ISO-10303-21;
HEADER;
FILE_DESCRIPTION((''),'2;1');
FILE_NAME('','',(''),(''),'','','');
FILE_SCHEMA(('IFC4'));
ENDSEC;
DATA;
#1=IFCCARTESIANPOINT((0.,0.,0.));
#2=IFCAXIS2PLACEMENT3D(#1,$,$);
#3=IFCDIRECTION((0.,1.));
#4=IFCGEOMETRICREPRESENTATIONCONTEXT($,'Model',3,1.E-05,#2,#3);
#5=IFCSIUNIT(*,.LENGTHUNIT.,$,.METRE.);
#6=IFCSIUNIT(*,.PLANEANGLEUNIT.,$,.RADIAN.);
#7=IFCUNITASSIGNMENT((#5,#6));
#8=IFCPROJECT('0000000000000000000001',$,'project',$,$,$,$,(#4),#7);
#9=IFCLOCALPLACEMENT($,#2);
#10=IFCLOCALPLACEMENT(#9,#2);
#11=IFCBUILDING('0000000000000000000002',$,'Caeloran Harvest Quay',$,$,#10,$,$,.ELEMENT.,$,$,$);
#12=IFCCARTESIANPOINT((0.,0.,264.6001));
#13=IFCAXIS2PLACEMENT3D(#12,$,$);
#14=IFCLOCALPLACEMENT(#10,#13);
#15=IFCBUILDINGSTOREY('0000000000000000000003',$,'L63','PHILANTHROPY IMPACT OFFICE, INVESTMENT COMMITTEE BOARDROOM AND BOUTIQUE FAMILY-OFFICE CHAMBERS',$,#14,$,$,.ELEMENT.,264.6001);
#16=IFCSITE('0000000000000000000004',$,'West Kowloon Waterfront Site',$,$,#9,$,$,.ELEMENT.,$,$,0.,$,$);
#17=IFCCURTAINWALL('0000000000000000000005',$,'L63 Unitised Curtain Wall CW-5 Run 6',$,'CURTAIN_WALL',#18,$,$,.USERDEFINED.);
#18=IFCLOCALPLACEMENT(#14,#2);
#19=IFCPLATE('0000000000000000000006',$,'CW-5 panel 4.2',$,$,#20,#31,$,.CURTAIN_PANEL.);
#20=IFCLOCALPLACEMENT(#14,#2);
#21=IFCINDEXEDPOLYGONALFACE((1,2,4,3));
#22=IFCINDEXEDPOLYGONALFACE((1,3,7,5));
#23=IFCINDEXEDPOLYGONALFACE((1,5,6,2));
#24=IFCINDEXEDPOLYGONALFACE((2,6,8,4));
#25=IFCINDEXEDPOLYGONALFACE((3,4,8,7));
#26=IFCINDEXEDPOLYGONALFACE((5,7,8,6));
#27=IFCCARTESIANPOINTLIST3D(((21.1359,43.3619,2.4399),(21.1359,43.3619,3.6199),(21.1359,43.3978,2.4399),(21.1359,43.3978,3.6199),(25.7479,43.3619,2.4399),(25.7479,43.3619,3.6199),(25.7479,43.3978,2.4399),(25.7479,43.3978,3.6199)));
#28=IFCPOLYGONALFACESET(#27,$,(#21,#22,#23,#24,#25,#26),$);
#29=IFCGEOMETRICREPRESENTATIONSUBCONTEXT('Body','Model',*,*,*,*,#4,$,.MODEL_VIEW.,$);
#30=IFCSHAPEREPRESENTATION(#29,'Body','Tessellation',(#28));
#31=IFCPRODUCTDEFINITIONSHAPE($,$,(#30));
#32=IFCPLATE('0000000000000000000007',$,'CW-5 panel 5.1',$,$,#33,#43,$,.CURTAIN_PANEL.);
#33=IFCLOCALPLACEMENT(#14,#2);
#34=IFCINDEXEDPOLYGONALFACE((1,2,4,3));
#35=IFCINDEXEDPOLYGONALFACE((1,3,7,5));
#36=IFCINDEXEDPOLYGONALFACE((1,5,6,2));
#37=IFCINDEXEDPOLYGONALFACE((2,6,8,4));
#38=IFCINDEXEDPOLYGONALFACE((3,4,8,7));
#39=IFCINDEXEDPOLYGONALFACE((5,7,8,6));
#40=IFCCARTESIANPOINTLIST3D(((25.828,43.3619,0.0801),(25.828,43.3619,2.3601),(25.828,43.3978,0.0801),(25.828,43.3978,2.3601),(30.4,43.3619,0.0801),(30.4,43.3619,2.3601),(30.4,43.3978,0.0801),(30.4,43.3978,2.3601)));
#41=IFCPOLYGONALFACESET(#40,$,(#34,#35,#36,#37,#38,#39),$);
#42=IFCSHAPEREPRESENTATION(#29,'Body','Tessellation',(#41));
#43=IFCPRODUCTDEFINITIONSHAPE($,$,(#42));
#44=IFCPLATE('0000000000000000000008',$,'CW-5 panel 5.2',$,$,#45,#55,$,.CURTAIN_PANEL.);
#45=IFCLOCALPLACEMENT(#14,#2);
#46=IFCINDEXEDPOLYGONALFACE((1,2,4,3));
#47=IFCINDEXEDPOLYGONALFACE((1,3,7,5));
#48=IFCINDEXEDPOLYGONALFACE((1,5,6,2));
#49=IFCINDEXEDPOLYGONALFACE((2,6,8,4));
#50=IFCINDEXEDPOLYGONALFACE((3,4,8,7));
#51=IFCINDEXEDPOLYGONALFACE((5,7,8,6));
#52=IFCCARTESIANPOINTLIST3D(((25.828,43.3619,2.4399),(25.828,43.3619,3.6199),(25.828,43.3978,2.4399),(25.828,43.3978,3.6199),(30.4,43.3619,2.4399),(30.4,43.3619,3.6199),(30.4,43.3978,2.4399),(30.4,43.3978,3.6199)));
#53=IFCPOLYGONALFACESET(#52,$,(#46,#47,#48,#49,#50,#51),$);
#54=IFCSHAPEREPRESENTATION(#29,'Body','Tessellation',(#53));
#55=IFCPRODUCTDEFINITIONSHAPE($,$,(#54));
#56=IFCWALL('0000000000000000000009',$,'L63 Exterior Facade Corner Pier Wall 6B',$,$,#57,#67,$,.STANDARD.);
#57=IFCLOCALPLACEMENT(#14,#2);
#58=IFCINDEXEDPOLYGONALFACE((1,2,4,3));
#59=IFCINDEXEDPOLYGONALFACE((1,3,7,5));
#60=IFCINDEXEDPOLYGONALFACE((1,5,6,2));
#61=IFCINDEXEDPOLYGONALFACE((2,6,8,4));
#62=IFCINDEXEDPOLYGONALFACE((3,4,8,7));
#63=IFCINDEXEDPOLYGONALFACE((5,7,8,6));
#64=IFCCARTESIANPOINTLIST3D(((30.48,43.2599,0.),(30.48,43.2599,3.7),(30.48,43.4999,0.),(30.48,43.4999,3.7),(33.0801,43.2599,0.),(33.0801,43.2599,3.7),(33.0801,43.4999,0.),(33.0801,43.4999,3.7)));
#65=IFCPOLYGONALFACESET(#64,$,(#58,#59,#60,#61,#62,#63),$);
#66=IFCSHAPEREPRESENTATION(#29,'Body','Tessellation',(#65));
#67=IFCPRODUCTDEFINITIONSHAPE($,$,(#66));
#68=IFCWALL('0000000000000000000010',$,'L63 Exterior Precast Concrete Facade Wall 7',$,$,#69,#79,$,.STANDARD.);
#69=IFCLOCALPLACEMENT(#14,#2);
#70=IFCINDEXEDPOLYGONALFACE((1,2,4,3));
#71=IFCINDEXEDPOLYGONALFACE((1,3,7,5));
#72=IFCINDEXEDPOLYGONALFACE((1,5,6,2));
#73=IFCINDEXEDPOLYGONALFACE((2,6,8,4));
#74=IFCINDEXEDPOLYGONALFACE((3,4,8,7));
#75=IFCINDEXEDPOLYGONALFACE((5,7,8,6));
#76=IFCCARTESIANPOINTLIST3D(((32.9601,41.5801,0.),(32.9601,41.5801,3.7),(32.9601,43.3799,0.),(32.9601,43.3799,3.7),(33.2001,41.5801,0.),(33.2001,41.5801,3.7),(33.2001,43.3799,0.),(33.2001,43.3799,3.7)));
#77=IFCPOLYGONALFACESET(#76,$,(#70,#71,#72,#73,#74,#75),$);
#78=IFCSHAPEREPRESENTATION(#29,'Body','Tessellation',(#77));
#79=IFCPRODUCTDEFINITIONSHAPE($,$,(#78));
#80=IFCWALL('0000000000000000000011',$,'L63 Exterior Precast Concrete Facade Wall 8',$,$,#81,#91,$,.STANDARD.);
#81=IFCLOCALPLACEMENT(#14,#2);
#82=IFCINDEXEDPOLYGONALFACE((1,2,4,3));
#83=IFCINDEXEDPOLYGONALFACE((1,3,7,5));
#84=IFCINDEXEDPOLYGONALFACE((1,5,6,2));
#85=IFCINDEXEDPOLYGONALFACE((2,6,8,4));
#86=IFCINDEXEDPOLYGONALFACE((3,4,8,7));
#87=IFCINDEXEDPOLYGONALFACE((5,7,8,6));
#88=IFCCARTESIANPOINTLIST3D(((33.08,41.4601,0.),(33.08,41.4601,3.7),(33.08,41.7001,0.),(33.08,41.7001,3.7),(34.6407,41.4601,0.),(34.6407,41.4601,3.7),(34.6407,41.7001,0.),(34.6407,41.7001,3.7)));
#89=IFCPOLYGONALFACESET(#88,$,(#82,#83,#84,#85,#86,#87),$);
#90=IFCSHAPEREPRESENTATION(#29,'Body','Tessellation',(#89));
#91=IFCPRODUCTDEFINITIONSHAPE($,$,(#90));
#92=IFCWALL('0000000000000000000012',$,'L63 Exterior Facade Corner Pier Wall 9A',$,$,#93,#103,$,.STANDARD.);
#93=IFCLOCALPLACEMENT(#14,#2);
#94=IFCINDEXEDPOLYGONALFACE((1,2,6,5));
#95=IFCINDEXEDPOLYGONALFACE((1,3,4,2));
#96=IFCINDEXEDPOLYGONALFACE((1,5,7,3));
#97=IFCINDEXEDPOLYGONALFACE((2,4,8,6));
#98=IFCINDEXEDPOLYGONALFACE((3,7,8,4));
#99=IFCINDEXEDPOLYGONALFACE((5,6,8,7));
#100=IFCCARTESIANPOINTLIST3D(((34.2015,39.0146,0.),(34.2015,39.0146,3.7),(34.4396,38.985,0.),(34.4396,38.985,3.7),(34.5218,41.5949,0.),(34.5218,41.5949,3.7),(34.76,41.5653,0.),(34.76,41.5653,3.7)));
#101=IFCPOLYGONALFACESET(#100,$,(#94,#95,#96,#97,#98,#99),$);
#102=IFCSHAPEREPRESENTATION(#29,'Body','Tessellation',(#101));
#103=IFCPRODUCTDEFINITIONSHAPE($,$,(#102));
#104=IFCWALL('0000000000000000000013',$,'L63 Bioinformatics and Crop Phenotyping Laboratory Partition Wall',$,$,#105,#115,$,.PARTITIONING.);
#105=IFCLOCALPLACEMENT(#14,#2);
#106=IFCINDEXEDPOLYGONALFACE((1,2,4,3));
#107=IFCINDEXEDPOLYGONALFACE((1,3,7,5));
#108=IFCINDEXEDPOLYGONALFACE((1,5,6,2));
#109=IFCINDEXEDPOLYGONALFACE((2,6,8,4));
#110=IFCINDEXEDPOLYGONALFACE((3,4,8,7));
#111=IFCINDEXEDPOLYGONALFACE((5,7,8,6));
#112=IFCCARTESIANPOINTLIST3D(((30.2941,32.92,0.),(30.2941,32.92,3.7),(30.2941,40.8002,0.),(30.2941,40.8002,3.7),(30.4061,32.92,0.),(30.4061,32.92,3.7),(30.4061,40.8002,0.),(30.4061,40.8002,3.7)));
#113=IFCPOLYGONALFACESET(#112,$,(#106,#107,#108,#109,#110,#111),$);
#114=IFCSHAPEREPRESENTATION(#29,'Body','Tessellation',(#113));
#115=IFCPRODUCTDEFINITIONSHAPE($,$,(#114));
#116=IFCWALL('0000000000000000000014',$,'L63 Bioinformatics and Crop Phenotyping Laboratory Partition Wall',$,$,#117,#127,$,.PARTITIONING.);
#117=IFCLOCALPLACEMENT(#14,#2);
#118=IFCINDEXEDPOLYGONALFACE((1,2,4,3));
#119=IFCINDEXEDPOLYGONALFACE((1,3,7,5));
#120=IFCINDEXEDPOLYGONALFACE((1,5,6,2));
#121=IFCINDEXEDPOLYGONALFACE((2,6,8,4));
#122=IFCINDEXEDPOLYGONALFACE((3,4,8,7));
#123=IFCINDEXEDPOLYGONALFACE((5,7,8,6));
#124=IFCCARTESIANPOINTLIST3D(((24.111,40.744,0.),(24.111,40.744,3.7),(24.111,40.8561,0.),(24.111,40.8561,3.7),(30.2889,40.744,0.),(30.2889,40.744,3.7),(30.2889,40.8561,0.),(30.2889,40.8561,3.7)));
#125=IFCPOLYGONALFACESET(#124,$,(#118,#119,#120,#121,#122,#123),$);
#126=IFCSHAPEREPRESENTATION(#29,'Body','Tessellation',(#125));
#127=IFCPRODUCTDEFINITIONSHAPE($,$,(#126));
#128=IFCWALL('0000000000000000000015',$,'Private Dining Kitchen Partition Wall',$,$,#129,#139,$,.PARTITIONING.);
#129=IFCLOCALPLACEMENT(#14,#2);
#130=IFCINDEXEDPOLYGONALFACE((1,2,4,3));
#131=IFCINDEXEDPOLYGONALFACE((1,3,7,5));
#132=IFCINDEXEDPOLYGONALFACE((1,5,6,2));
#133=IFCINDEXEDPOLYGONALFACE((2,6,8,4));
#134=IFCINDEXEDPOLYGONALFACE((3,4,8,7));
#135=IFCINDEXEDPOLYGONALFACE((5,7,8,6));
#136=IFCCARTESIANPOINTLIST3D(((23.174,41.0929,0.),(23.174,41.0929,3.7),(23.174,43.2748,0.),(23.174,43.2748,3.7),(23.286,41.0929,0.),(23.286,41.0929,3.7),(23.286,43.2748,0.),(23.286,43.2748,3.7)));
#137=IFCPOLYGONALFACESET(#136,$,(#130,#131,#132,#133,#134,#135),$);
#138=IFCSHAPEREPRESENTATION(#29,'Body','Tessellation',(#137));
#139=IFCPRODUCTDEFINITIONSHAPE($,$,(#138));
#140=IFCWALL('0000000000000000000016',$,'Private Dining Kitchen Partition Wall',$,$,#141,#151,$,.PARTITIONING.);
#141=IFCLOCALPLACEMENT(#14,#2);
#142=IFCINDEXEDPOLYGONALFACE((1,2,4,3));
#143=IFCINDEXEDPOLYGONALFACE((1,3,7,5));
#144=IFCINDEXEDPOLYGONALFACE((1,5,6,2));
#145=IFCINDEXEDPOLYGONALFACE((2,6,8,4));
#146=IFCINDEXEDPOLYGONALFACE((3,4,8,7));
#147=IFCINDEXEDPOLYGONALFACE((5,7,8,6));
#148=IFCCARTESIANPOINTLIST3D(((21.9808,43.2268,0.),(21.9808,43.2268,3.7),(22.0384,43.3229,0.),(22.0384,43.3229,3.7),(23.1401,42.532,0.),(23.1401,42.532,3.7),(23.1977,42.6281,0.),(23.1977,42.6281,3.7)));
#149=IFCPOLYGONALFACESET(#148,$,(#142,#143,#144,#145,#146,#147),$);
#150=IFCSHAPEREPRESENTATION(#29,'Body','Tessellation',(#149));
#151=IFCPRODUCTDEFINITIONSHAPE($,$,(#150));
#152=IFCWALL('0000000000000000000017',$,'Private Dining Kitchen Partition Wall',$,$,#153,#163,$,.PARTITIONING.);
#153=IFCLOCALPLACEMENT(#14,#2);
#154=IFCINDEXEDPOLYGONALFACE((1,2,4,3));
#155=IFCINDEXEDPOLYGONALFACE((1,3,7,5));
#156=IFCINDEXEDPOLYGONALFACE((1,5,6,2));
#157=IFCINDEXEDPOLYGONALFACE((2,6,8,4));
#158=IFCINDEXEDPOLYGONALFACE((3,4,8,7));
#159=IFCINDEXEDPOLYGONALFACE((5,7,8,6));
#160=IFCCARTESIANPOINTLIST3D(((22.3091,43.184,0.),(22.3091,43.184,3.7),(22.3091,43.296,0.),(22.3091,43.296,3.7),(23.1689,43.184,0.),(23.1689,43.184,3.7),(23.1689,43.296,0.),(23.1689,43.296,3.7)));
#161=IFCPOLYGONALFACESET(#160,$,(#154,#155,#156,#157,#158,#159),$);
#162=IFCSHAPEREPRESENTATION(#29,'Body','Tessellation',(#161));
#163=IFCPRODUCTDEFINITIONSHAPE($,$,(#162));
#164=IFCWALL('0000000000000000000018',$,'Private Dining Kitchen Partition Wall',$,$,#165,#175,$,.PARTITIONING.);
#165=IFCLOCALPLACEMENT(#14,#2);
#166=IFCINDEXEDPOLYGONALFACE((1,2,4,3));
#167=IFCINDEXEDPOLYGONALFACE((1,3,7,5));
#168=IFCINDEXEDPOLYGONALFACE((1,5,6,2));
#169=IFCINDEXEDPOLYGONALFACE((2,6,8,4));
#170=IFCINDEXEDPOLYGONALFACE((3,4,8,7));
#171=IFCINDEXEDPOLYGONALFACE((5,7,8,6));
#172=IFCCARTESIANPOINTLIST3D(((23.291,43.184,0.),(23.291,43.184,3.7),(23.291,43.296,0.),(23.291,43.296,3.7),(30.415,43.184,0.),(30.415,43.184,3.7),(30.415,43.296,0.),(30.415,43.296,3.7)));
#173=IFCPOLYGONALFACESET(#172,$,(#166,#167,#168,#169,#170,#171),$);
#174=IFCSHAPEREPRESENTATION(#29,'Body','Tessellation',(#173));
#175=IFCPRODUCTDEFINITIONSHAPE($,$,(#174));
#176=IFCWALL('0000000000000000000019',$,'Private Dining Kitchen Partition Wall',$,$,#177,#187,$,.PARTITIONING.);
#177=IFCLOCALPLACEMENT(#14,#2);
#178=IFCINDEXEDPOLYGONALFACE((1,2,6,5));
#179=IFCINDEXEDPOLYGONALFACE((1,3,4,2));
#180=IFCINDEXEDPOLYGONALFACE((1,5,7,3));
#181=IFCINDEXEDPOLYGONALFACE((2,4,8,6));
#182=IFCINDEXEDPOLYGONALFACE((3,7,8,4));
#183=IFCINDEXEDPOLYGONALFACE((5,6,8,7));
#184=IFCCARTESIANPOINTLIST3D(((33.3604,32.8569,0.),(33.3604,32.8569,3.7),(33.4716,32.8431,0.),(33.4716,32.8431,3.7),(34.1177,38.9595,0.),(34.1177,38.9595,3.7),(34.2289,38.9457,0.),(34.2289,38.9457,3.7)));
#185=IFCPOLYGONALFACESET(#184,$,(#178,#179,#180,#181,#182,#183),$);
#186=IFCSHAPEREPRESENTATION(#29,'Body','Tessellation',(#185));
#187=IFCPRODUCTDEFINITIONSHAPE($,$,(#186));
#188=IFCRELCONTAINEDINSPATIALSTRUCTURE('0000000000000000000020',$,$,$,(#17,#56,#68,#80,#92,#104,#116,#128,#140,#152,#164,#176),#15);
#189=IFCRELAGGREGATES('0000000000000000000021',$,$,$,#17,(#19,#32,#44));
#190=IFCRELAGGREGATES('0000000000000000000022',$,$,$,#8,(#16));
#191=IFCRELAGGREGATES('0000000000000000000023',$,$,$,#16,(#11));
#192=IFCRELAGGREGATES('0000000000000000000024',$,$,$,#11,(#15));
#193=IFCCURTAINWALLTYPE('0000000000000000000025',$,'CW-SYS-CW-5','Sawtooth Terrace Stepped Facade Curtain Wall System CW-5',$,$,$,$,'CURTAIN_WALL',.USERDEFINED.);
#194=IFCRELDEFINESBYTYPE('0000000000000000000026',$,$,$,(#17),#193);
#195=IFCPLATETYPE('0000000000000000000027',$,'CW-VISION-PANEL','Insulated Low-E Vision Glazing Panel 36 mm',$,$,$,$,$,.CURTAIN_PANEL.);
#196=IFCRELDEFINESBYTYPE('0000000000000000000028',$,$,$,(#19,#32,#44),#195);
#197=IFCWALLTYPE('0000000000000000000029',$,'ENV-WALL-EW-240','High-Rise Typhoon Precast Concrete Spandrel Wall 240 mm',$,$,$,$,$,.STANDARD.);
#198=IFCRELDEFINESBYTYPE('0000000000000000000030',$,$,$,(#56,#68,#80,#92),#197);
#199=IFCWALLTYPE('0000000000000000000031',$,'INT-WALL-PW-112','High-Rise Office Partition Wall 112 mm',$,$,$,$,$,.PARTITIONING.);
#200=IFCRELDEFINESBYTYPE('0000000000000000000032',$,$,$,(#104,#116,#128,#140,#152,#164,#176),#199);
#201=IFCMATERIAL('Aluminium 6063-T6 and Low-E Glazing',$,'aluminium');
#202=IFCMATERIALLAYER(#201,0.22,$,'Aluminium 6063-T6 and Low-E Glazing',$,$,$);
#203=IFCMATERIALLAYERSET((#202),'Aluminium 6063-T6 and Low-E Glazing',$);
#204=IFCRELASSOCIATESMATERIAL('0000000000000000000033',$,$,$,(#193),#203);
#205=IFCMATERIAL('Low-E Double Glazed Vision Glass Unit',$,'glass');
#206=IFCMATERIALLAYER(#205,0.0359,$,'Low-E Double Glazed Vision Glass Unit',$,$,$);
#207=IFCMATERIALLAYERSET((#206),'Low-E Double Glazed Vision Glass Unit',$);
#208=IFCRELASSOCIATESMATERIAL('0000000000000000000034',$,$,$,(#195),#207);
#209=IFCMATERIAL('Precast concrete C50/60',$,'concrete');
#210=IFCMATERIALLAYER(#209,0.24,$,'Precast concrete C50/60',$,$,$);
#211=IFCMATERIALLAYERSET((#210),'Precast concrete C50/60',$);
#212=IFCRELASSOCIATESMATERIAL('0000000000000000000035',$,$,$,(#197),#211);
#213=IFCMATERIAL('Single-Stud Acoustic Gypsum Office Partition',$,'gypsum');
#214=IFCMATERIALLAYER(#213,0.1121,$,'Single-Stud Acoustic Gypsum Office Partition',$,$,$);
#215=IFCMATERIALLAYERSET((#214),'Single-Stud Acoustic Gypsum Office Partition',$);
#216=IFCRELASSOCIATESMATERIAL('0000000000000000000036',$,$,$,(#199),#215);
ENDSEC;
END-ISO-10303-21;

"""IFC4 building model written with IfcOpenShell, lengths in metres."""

from ifc_helpers import new_model, si_unit, direction, frame, frame_2d, origin, origin_2d, place, context, subcontext, project, spatial, rectangle, extrude, material, layer, layer_set, type_object, element, aggregate, save


model = new_model("IFC4")

# Units and contexts
model_context = context("Model", 3, precision=1e-05, world=origin(), true_north=direction((0.0, 1.0)))
body_context = subcontext(model_context, "Body", "Model", "MODEL_VIEW")
ifc_project = project(units=[si_unit("LENGTHUNIT", "METRE"), si_unit("PLANEANGLEUNIT", "RADIAN")], contexts=[model_context])

# Site, building, storey
site_placement = place(None, origin())
site = spatial("IfcSite", under=ifc_project, at=site_placement, Name="West Kowloon Waterfront Site", CompositionType="ELEMENT", RefElevation=0.0)
building_placement = place(site_placement, origin())
building = spatial("IfcBuilding", under=site, at=building_placement, Name="Caeloran Harvest Quay", CompositionType="ELEMENT")
storey_placement = place(building_placement, frame((0.0, 0.0, 264.6001)))
storey = spatial("IfcBuildingStorey", under=building, at=storey_placement, Name="L63", Description="PHILANTHROPY IMPACT OFFICE, INVESTMENT COMMITTEE BOARDROOM AND BOUTIQUE FAMILY-OFFICE CHAMBERS", CompositionType="ELEMENT", Elevation=264.6001)

# Curtain wall
ifc_material_1 = material(Name="Aluminium 6063-T6 and Low-E Glazing", Category="aluminium")
ifc_layer_1 = layer(ifc_material_1, 0.22, Name="Aluminium 6063-T6 and Low-E Glazing")
ifc_layer_set_1 = layer_set([ifc_layer_1], Name="Aluminium 6063-T6 and Low-E Glazing")
curtain_wall_type = type_object("IfcCurtainWallType", Name="CW-SYS-CW-5", Description="Sawtooth Terrace Stepped Facade Curtain Wall System CW-5", ElementType="CURTAIN_WALL", PredefinedType="USERDEFINED", material=ifc_layer_set_1)
curtain_wall_1_placement = place(storey_placement, origin())
curtain_wall_1 = element("IfcCurtainWall", 1, at=curtain_wall_1_placement, inside=storey, type_object=curtain_wall_type, Name="L63 Unitised Curtain Wall CW-5 Run 6", ObjectType="CURTAIN_WALL", PredefinedType="USERDEFINED")

# Plates
ifc_material_2 = material(Name="Low-E Double Glazed Vision Glass Unit", Category="glass")
ifc_layer_2 = layer(ifc_material_2, 0.0359, Name="Low-E Double Glazed Vision Glass Unit")
ifc_layer_set_2 = layer_set([ifc_layer_2], Name="Low-E Double Glazed Vision Glass Unit")
plate_type = type_object("IfcPlateType", Name="CW-VISION-PANEL", Description="Insulated Low-E Vision Glazing Panel 36 mm", PredefinedType="CURTAIN_PANEL", material=ifc_layer_set_2)
plate_1_placement = place(storey_placement, frame((23.4419, 43.3799, 2.4399), z_axis=(0.0, 0.0, 1.0), x_axis=(1.0, 0.0, 0.0)))
plate_1 = element("IfcPlate", 2, at=plate_1_placement, type_object=plate_type, Name="CW-5 panel 4.2", PredefinedType="CURTAIN_PANEL", context=body_context, shape_type="SweptSolid", body=[
    extrude(rectangle(XDim=4.6121, YDim=0.0359, at=origin_2d()), origin(), (0.0, 0.0, 1.0), 1.1799),
])
plate_2_placement = place(storey_placement, frame((28.114, 43.3799, 0.0801), z_axis=(0.0, 0.0, 1.0), x_axis=(1.0, 0.0, 0.0)))
plate_2 = element("IfcPlate", 3, at=plate_2_placement, type_object=plate_type, Name="CW-5 panel 5.1", PredefinedType="CURTAIN_PANEL", context=body_context, shape_type="SweptSolid", body=[
    extrude(rectangle(XDim=4.572, YDim=0.0359, at=origin_2d()), origin(), (0.0, 0.0, 1.0), 2.28),
])
plate_3_placement = place(storey_placement, frame((28.114, 43.3799, 2.4399), z_axis=(0.0, 0.0, 1.0), x_axis=(1.0, 0.0, 0.0)))
plate_3 = element("IfcPlate", 4, at=plate_3_placement, type_object=plate_type, Name="CW-5 panel 5.2", PredefinedType="CURTAIN_PANEL", context=body_context, shape_type="SweptSolid", body=[
    extrude(rectangle(XDim=4.572, YDim=0.0359, at=origin_2d()), origin(), (0.0, 0.0, 1.0), 1.1799),
])
aggregate(curtain_wall_1, [plate_1, plate_2, plate_3])

# Walls
ifc_material_3 = material(Name="Precast concrete C50/60", Category="concrete")
ifc_layer_3 = layer(ifc_material_3, 0.24, Name="Precast concrete C50/60")
ifc_layer_set_3 = layer_set([ifc_layer_3], Name="Precast concrete C50/60")
wall_type_1 = type_object("IfcWallType", Name="ENV-WALL-EW-240", Description="High-Rise Typhoon Precast Concrete Spandrel Wall 240 mm", PredefinedType="STANDARD", material=ifc_layer_set_3)
wall_1_placement = place(storey_placement, frame((30.48, 43.3799, 0.0), z_axis=(0.0, 0.0, 1.0), x_axis=(1.0, 0.0, 0.0)))
element("IfcWall", 5, at=wall_1_placement, inside=storey, type_object=wall_type_1, Name="L63 Exterior Facade Corner Pier Wall 6B", PredefinedType="STANDARD", context=body_context, shape_type="SweptSolid", body=[
    extrude(rectangle(XDim=2.6001, YDim=0.24, at=frame_2d((1.3, 0.0))), origin(), (0.0, 0.0, 1.0), 3.7),
])
wall_2_placement = place(storey_placement, frame((33.0801, 43.3799, 0.0), z_axis=(0.0, 0.0, 1.0), x_axis=(0.0, -1.0, 0.0)))
element("IfcWall", 6, at=wall_2_placement, inside=storey, type_object=wall_type_1, Name="L63 Exterior Precast Concrete Facade Wall 7", PredefinedType="STANDARD", context=body_context, shape_type="SweptSolid", body=[
    extrude(rectangle(XDim=1.7998, YDim=0.24, at=frame_2d((0.8999, 0.0))), origin(), (0.0, 0.0, 1.0), 3.7),
])
wall_3_placement = place(storey_placement, frame((33.0801, 41.5801, 0.0), z_axis=(0.0, 0.0, 1.0), x_axis=(1.0, 0.0, 0.0)))
element("IfcWall", 7, at=wall_3_placement, inside=storey, type_object=wall_type_1, Name="L63 Exterior Precast Concrete Facade Wall 8", PredefinedType="STANDARD", context=body_context, shape_type="SweptSolid", body=[
    extrude(rectangle(XDim=1.5608, YDim=0.24, at=frame_2d((0.7803, 0.0))), origin(), (0.0, 0.0, 1.0), 3.7),
])
wall_4_placement = place(storey_placement, frame((34.6409, 41.5801, 0.0), z_axis=(0.0, 0.0, 1.0), x_axis=(-0.123191, -0.992383, 0.0)))
element("IfcWall", 8, at=wall_4_placement, inside=storey, type_object=wall_type_1, Name="L63 Exterior Facade Corner Pier Wall 9A", PredefinedType="STANDARD", context=body_context, shape_type="SweptSolid", body=[
    extrude(rectangle(XDim=2.6001, YDim=0.24, at=frame_2d((1.3, 0.0))), origin(), (0.0, 0.0, 1.0), 3.7),
])
ifc_material_4 = material(Name="Single-Stud Acoustic Gypsum Office Partition", Category="gypsum")
ifc_layer_4 = layer(ifc_material_4, 0.1121, Name="Single-Stud Acoustic Gypsum Office Partition")
ifc_layer_set_4 = layer_set([ifc_layer_4], Name="Single-Stud Acoustic Gypsum Office Partition")
wall_type_2 = type_object("IfcWallType", Name="INT-WALL-PW-112", Description="High-Rise Office Partition Wall 112 mm", PredefinedType="PARTITIONING", material=ifc_layer_set_4)
wall_5_placement = place(storey_placement, frame((30.3501, 40.8, 0.0), z_axis=(0.0, 0.0, 1.0), x_axis=(0.0, -1.0, 0.0)))
element("IfcWall", 9, at=wall_5_placement, inside=storey, type_object=wall_type_2, Name="L63 Bioinformatics and Crop Phenotyping Laboratory Partition Wall", PredefinedType="PARTITIONING", context=body_context, shape_type="SweptSolid", body=[
    extrude(rectangle(XDim=7.8801, YDim=0.1121, at=frame_2d((3.9399, 0.0))), origin(), (0.0, 0.0, 1.0), 3.7),
])
wall_6_placement = place(storey_placement, frame((24.1111, 40.8, 0.0), z_axis=(0.0, 0.0, 1.0), x_axis=(1.0, 0.0, 0.0)))
element("IfcWall", 10, at=wall_6_placement, inside=storey, type_object=wall_type_2, Name="L63 Bioinformatics and Crop Phenotyping Laboratory Partition Wall", PredefinedType="PARTITIONING", context=body_context, shape_type="SweptSolid", body=[
    extrude(rectangle(XDim=6.178, YDim=0.1121, at=frame_2d((3.0889, 0.0))), origin(), (0.0, 0.0, 1.0), 3.7),
])
wall_7_placement = place(storey_placement, frame((23.23, 41.093, 0.0), z_axis=(0.0, 0.0, 1.0), x_axis=(0.0, 1.0, 0.0)))
element("IfcWall", 11, at=wall_7_placement, inside=storey, type_object=wall_type_2, Name="Private Dining Kitchen Partition Wall", PredefinedType="PARTITIONING", context=body_context, shape_type="SweptSolid", body=[
    extrude(rectangle(XDim=2.1819, YDim=0.1121, at=frame_2d((1.0908, 0.0))), origin(), (0.0, 0.0, 1.0), 3.7),
])
wall_8_placement = place(storey_placement, frame((23.1689, 42.5801, 0.0), z_axis=(0.0, 0.0, 1.0), x_axis=(-0.857764, 0.514044, 0.0)))
element("IfcWall", 12, at=wall_8_placement, inside=storey, type_object=wall_type_2, Name="Private Dining Kitchen Partition Wall", PredefinedType="PARTITIONING", context=body_context, shape_type="SweptSolid", body=[
    extrude(rectangle(XDim=1.3516, YDim=0.1121, at=frame_2d((0.6758, 0.0))), origin(), (0.0, 0.0, 1.0), 3.7),
])
wall_9_placement = place(storey_placement, frame((22.3091, 43.24, 0.0), z_axis=(0.0, 0.0, 1.0), x_axis=(1.0, 0.0, 0.0)))
element("IfcWall", 13, at=wall_9_placement, inside=storey, type_object=wall_type_2, Name="Private Dining Kitchen Partition Wall", PredefinedType="PARTITIONING", context=body_context, shape_type="SweptSolid", body=[
    extrude(rectangle(XDim=0.8599, YDim=0.1121, at=frame_2d((0.4299, 0.0))), origin(), (0.0, 0.0, 1.0), 3.7),
])
wall_10_placement = place(storey_placement, frame((23.291, 43.24, 0.0), z_axis=(0.0, 0.0, 1.0), x_axis=(1.0, 0.0, 0.0)))
element("IfcWall", 14, at=wall_10_placement, inside=storey, type_object=wall_type_2, Name="Private Dining Kitchen Partition Wall", PredefinedType="PARTITIONING", context=body_context, shape_type="SweptSolid", body=[
    extrude(rectangle(XDim=7.124, YDim=0.1121, at=frame_2d((3.562, 0.0))), origin(), (0.0, 0.0, 1.0), 3.7),
])
wall_11_placement = place(storey_placement, frame((34.1733, 38.9526, 0.0), z_axis=(0.0, 0.0, 1.0), x_axis=(-0.123155, -0.992387, 0.0)))
element("IfcWall", 15, at=wall_11_placement, inside=storey, type_object=wall_type_2, Name="Private Dining Kitchen Partition Wall", PredefinedType="PARTITIONING", context=body_context, shape_type="SweptSolid", body=[
    extrude(rectangle(XDim=6.1494, YDim=0.1121, at=frame_2d((3.0747, 0.0))), origin(), (0.0, 0.0, 1.0), 3.7),
])

save(model, "model.ifc")
